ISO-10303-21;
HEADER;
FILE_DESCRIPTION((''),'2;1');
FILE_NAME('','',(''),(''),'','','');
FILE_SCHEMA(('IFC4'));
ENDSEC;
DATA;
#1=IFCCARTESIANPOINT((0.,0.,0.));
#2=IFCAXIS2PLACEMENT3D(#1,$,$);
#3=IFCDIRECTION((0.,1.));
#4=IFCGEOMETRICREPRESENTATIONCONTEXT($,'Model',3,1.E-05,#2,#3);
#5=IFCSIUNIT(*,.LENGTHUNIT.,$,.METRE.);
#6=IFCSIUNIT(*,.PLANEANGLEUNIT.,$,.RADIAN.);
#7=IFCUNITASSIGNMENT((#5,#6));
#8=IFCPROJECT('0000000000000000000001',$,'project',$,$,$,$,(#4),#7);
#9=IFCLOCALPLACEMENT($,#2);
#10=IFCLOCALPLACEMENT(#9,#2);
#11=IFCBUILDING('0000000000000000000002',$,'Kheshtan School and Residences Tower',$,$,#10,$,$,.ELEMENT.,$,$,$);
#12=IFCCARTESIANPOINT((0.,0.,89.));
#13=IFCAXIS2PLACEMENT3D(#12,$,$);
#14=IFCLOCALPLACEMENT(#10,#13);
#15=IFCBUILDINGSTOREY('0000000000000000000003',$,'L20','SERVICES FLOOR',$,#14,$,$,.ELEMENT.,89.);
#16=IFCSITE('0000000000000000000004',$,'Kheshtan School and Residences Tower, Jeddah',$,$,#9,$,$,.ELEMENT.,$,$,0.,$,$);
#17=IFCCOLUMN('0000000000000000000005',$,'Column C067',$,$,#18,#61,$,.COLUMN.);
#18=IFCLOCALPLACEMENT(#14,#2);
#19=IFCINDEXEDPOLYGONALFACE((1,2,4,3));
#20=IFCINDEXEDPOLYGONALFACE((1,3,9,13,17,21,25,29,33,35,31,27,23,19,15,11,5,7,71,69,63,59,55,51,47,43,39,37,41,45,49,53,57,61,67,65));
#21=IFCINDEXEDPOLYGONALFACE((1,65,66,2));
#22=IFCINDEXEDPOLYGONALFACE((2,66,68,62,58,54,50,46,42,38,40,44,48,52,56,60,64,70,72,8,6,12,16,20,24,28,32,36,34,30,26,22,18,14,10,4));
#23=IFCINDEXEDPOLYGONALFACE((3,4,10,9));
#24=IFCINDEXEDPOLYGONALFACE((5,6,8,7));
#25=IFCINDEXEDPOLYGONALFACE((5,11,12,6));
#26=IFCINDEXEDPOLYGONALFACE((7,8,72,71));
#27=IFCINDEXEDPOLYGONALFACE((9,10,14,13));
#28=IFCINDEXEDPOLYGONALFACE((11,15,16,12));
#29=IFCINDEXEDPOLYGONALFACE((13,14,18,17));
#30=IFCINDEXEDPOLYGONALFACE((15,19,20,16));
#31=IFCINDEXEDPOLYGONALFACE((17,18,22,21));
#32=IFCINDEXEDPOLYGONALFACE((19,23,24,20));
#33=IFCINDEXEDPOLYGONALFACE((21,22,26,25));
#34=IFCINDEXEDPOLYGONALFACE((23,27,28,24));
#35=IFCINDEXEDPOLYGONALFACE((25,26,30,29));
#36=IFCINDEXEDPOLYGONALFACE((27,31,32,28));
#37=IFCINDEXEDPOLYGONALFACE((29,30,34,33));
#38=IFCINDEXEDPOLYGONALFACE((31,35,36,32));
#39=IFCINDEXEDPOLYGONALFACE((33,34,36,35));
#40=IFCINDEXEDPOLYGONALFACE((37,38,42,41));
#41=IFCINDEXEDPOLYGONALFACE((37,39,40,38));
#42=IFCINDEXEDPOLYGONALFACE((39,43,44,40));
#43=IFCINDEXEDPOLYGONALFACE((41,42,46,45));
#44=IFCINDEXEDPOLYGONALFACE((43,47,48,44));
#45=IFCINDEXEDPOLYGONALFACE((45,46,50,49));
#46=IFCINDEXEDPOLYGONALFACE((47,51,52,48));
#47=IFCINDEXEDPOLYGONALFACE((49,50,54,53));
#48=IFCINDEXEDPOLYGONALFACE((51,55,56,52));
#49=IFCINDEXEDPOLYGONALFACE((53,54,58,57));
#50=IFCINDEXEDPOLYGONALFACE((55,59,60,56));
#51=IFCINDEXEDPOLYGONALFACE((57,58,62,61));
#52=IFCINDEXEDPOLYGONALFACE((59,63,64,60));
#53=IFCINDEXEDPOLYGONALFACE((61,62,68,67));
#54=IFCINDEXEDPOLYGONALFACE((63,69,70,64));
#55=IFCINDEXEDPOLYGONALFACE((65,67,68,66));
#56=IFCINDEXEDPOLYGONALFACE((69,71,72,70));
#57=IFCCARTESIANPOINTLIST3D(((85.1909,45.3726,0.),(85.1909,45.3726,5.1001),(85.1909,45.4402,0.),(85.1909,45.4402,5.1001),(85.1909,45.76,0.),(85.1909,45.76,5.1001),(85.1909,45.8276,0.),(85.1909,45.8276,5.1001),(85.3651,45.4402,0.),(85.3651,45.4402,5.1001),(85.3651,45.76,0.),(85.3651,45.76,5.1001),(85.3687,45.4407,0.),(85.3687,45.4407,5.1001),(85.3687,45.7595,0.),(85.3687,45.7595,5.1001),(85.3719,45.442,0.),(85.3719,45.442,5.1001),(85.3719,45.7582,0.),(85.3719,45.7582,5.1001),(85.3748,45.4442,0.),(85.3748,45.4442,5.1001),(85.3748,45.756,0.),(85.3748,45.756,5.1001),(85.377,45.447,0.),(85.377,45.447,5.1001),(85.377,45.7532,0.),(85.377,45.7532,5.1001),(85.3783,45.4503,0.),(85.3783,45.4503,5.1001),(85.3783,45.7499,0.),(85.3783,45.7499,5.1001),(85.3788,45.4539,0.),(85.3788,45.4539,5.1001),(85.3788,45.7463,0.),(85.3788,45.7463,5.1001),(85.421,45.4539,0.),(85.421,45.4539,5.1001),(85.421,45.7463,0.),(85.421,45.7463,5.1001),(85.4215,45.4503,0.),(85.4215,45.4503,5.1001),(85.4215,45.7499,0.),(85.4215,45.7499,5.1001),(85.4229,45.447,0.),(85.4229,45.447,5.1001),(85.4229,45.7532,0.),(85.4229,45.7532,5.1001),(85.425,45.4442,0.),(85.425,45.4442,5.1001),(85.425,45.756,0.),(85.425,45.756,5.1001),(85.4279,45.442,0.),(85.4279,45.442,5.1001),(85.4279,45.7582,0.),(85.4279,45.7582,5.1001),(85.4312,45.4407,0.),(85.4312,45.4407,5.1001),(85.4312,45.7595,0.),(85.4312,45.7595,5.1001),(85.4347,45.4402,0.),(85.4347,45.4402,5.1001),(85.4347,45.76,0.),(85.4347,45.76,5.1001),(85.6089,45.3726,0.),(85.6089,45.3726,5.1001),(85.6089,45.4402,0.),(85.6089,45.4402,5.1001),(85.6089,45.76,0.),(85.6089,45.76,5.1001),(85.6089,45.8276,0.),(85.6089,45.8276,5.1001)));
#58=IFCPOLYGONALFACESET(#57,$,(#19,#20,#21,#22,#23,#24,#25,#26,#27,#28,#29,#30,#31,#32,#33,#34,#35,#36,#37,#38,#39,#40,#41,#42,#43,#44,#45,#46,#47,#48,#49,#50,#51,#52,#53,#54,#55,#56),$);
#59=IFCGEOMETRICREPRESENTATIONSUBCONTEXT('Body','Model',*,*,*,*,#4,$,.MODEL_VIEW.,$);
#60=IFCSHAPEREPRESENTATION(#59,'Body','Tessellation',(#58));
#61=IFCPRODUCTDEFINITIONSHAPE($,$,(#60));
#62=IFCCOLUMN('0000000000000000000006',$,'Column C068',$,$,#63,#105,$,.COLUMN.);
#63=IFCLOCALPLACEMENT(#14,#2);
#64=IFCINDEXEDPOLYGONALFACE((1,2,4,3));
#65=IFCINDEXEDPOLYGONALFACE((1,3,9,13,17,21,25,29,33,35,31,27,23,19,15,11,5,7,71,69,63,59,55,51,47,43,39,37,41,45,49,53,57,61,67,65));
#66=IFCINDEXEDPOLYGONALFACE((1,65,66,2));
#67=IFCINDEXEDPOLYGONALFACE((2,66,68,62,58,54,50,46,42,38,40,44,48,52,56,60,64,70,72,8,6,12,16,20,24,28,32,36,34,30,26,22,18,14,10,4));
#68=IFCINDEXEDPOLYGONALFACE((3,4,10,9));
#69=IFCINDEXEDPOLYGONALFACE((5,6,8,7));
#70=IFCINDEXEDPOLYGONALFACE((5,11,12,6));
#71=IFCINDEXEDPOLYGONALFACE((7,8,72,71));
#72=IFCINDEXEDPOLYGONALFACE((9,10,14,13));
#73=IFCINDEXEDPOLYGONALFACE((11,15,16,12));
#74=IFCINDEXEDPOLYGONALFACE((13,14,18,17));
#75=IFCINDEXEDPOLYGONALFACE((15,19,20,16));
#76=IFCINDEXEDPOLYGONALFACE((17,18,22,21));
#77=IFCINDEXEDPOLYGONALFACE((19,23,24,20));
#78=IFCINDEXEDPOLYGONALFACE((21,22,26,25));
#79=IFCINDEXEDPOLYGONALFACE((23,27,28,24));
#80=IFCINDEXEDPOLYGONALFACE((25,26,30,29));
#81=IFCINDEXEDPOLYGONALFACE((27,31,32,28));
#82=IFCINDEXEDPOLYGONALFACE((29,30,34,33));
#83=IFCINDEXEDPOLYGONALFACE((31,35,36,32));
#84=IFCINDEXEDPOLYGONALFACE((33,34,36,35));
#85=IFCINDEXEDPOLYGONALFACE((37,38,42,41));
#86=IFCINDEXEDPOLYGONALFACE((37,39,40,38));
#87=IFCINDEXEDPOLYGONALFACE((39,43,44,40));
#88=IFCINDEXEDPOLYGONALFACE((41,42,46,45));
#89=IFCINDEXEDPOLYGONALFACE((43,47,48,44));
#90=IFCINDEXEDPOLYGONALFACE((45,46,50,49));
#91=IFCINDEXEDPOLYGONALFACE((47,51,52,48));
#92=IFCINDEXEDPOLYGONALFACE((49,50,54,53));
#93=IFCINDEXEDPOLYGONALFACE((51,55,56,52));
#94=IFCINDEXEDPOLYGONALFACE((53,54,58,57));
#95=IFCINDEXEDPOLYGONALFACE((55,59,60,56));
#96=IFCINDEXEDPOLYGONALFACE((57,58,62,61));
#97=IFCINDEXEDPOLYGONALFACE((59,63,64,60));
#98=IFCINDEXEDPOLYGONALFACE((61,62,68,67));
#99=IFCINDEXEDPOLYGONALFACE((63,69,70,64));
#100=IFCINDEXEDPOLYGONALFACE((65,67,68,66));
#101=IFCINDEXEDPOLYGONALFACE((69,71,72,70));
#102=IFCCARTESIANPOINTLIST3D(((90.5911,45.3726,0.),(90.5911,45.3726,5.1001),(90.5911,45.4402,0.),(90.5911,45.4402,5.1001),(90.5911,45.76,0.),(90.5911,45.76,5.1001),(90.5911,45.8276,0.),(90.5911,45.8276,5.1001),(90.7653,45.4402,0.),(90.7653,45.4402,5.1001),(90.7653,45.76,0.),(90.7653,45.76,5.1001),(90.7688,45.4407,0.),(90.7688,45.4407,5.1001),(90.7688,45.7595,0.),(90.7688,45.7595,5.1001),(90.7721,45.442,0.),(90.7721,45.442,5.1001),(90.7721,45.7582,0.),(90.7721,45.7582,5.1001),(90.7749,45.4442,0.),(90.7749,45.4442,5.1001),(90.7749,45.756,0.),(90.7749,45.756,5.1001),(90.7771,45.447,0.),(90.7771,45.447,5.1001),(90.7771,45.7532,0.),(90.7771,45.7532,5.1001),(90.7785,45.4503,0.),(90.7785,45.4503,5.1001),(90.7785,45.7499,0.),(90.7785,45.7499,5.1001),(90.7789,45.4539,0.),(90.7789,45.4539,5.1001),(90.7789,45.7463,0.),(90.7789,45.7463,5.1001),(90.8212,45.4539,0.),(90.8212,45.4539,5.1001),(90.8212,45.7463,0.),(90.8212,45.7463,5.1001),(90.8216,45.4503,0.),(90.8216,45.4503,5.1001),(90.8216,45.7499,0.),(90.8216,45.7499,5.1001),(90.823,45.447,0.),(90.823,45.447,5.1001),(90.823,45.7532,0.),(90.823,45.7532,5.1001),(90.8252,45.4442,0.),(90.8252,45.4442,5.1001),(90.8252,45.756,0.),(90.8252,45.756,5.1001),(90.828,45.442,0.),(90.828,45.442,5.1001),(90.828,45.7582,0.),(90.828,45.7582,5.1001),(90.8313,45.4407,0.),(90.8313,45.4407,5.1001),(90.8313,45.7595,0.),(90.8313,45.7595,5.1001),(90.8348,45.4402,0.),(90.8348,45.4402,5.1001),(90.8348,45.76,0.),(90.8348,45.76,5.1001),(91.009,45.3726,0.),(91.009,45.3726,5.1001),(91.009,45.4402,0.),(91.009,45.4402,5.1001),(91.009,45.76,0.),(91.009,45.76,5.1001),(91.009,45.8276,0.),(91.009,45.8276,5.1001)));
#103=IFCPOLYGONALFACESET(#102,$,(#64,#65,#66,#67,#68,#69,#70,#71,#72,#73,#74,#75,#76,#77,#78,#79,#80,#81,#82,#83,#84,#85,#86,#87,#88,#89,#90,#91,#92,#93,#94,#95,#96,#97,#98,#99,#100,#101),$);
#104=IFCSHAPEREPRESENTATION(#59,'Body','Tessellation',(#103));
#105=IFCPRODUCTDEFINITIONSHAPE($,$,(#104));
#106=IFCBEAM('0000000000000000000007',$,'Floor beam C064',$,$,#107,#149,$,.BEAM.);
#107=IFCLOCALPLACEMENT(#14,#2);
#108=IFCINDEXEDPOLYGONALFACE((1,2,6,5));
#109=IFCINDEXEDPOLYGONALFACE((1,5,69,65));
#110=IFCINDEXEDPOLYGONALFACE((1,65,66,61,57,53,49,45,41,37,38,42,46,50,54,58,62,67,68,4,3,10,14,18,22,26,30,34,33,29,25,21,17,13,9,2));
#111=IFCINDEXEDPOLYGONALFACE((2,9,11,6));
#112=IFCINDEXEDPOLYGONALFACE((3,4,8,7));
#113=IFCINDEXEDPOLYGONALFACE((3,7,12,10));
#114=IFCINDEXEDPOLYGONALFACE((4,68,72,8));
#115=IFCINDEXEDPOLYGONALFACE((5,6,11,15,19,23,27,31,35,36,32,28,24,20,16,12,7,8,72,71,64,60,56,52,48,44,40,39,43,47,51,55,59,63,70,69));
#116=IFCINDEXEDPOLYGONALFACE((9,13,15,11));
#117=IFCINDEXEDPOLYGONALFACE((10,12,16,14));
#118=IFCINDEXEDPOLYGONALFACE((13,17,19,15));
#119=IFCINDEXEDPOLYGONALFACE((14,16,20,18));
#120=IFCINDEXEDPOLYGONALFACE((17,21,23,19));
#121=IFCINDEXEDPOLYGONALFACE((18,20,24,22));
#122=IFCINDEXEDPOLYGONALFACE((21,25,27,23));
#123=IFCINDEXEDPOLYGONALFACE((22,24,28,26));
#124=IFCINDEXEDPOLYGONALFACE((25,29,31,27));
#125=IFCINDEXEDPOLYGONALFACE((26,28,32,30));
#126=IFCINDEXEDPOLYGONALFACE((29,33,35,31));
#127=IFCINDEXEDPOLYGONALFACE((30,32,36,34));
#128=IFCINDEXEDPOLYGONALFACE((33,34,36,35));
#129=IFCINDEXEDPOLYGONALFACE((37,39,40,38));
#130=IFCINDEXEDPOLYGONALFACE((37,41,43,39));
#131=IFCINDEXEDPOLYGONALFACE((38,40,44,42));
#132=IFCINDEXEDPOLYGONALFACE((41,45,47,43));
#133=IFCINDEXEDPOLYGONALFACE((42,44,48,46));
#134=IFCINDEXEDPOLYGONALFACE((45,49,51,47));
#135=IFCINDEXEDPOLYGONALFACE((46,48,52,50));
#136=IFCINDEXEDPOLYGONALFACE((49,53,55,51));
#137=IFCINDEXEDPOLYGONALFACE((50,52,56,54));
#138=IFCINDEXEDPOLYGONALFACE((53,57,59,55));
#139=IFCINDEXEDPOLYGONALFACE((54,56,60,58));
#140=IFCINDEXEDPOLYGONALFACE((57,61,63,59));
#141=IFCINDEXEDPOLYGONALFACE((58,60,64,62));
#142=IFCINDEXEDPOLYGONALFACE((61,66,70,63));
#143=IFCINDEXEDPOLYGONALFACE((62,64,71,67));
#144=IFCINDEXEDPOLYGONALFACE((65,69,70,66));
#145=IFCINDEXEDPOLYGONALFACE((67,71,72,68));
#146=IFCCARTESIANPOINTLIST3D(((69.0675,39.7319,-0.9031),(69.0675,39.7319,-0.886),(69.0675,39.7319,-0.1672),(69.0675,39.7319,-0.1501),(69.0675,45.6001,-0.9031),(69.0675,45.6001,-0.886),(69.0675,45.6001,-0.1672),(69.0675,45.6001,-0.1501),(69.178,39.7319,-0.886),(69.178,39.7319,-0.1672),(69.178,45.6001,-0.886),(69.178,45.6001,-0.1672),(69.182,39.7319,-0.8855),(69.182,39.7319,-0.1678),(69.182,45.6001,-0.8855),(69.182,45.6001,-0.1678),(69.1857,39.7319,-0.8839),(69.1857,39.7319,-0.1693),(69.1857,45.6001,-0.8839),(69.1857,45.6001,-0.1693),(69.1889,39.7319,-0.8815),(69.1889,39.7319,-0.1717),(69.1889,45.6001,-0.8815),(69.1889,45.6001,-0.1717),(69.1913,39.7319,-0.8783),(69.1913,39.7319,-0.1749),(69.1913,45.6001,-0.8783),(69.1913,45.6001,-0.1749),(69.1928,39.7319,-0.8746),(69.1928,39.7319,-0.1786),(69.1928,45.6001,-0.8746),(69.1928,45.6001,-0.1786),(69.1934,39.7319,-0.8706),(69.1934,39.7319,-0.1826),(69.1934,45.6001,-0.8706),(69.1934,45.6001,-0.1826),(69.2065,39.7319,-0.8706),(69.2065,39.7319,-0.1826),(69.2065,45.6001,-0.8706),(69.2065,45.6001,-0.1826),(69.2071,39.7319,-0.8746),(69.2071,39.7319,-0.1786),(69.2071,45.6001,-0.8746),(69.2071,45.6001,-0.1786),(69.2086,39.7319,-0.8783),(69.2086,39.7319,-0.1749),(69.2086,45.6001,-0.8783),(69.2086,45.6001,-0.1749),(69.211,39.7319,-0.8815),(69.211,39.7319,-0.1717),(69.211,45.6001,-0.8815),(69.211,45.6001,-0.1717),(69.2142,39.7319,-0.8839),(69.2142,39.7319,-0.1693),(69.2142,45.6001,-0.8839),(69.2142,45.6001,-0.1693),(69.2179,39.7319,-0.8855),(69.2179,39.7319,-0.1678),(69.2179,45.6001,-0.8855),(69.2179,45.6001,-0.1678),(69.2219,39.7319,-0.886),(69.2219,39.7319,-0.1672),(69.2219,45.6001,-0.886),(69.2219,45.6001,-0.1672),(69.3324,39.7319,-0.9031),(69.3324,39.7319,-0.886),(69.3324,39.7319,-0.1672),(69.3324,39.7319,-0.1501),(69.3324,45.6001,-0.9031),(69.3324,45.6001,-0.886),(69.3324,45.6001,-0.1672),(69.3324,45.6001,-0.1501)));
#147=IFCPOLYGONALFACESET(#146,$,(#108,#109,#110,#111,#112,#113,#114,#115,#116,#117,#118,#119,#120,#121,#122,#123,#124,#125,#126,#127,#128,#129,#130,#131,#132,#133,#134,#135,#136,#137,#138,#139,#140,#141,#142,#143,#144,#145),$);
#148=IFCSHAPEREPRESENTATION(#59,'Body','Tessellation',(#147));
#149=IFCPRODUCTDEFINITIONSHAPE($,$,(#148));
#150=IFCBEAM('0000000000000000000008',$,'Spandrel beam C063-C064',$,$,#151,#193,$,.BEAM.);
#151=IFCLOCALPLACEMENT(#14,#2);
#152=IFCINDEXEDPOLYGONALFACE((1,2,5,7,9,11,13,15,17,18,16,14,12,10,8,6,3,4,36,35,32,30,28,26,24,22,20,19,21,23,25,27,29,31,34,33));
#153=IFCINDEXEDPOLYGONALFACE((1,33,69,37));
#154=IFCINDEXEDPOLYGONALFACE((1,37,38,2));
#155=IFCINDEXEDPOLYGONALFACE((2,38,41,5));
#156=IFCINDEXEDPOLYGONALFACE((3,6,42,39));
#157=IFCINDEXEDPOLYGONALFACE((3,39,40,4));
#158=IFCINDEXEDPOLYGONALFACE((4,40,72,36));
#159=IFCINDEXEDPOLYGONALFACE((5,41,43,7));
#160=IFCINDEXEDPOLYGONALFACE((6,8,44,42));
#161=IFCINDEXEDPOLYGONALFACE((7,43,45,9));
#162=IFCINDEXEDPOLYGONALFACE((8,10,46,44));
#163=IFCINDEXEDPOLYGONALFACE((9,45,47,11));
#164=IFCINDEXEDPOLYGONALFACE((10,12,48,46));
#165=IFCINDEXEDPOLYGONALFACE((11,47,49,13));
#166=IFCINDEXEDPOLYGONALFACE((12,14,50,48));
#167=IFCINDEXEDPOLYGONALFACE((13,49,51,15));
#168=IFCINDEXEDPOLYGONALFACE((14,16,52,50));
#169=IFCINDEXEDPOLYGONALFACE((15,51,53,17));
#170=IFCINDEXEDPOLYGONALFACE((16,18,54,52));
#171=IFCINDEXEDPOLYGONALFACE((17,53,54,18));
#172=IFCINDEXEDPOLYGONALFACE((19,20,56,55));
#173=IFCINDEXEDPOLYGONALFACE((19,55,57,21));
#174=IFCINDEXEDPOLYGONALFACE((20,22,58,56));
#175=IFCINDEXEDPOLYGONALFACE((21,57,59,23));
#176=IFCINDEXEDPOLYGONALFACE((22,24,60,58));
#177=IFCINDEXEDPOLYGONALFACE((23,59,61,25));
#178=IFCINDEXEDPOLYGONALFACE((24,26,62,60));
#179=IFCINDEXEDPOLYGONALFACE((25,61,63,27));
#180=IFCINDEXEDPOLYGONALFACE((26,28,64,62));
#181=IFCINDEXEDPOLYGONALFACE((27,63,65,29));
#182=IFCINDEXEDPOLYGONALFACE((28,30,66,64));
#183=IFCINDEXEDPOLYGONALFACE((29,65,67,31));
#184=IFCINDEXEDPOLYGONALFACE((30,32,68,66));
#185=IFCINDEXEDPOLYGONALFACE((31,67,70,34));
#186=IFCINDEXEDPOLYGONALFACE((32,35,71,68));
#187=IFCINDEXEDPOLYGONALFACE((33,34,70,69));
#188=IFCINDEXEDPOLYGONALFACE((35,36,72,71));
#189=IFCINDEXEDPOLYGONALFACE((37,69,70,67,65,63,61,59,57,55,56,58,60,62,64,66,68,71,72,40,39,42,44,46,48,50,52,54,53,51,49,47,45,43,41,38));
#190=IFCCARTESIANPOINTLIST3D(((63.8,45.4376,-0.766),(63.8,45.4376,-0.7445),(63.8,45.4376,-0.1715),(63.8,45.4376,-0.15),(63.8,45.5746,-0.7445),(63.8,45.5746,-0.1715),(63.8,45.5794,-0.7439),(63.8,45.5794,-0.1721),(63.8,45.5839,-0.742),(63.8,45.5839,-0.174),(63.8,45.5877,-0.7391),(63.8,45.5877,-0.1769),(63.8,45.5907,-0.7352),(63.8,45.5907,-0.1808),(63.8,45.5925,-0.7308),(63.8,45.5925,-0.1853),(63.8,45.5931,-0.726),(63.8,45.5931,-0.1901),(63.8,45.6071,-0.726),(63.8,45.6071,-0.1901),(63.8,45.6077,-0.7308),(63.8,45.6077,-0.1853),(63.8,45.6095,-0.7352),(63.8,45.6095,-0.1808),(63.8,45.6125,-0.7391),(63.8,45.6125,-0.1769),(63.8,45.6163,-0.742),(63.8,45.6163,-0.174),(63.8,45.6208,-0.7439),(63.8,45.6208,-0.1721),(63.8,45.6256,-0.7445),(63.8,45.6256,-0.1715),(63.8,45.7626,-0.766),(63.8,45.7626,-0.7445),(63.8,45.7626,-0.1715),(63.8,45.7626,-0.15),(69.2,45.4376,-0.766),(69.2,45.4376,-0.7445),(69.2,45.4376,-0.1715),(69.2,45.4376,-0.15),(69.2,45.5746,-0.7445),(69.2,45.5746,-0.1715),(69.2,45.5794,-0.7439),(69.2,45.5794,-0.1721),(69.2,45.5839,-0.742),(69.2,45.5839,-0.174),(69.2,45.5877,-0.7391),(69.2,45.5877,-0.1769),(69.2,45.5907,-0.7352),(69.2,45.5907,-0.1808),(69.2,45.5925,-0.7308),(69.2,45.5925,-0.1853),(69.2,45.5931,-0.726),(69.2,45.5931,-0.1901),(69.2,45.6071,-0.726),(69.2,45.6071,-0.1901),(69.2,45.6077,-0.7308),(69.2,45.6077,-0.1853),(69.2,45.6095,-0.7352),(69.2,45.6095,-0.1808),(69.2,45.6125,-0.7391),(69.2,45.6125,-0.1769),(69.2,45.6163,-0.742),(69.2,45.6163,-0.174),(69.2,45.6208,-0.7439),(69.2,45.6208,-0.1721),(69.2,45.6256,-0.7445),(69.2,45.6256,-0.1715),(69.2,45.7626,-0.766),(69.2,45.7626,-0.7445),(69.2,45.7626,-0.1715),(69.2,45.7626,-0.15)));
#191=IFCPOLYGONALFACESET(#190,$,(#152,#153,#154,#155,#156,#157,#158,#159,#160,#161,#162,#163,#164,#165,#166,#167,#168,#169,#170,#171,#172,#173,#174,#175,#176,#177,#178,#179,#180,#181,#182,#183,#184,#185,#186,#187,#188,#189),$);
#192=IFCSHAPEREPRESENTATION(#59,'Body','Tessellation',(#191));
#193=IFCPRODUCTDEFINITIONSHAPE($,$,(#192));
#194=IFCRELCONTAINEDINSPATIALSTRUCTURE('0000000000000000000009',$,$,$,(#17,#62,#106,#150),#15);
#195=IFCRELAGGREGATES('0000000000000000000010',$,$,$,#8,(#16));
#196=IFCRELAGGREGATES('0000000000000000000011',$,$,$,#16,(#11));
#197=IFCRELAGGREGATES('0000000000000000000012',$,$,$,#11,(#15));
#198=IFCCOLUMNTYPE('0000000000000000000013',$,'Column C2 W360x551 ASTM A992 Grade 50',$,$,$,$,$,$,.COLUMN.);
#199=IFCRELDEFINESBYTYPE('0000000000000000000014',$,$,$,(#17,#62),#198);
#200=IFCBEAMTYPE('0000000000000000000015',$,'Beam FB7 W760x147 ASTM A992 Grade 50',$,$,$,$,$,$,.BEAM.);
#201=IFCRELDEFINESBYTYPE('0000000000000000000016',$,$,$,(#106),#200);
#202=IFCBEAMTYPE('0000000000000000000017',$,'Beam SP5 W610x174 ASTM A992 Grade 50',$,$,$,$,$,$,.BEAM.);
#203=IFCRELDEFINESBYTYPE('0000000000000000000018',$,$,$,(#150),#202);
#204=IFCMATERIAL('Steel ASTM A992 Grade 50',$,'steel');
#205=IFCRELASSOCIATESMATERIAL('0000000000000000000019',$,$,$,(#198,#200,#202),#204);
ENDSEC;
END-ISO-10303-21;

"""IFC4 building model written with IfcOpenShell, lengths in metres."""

from ifc_helpers import new_model, si_unit, direction, frame, origin, origin_2d, place, context, subcontext, project, spatial, i_section, extrude, material, material_profile, profile_set, type_object, element, save


model = new_model("IFC4")

# Units and contexts
model_context = context("Model", 3, precision=1e-05, world=origin(), true_north=direction((0.0, 1.0)))
body_context = subcontext(model_context, "Body", "Model", "MODEL_VIEW")
ifc_project = project(units=[si_unit("LENGTHUNIT", "METRE"), si_unit("PLANEANGLEUNIT", "RADIAN")], contexts=[model_context])

# Site, building, storey
site_placement = place(None, origin())
site = spatial("IfcSite", under=ifc_project, at=site_placement, Name="Kheshtan School and Residences Tower, Jeddah", CompositionType="ELEMENT", RefElevation=0.0)
building_placement = place(site_placement, origin())
building = spatial("IfcBuilding", under=site, at=building_placement, Name="Kheshtan School and Residences Tower", CompositionType="ELEMENT")
storey_placement = place(building_placement, frame((0.0, 0.0, 89.0)))
storey = spatial("IfcBuildingStorey", under=building, at=storey_placement, Name="L20", Description="SERVICES FLOOR", CompositionType="ELEMENT", Elevation=89.0)

# Columns
ifc_material_1 = material(Name="Steel ASTM A992 Grade 50", Category="steel")
ifc_material_profile_1 = material_profile(ifc_material_1, i_section(OverallWidth=0.418, OverallDepth=0.4551, WebThickness=0.0422, FlangeThickness=0.0676, FilletRadius=0.0137, at=origin_2d()), Name="W360x551")
ifc_profile_set_1 = profile_set([ifc_material_profile_1], Name="Steel ASTM A992 Grade 50")
column_type = type_object("IfcColumnType", Name="Column C2 W360x551 ASTM A992 Grade 50", PredefinedType="COLUMN", material=ifc_profile_set_1)
for number, where, z_axis, x_axis, name in (
    (1, (85.3999, 45.6001, 0.0), (0.0, 0.0, 1.0), (1.0, 0.0, 0.0), "Column C067"),
    (2, (90.8, 45.6001, 0.0), (0.0, 0.0, 1.0), (1.0, 0.0, 0.0), "Column C068"),
):
    element("IfcColumn", number, at=place(storey_placement, frame(where, z_axis=z_axis, x_axis=x_axis)), inside=storey, type_object=column_type, Name=name, PredefinedType="COLUMN", context=body_context, shape_type="SweptSolid", body=[
        extrude(i_section(OverallWidth=0.418, OverallDepth=0.4551, WebThickness=0.0422, FlangeThickness=0.0676, FilletRadius=0.0137, at=origin_2d()), origin(), (0.0, 0.0, 1.0), 5.1001),
    ])

# Beams
ifc_material_profile_2 = material_profile(ifc_material_1, i_section(OverallWidth=0.2649, OverallDepth=0.7529, WebThickness=0.0132, FlangeThickness=0.0171, FilletRadius=0.0154, at=origin_2d()), Name="W760x147")
ifc_profile_set_2 = profile_set([ifc_material_profile_2], Name="Steel ASTM A992 Grade 50")
beam_type_1 = type_object("IfcBeamType", Name="Beam FB7 W760x147 ASTM A992 Grade 50", PredefinedType="BEAM", material=ifc_profile_set_2)
beam_1_placement = place(storey_placement, frame((69.2, 45.6001, -0.5266), z_axis=(0.0, -1.0, 0.0), x_axis=(1.0, 0.0, 0.0)))
element("IfcBeam", 3, at=beam_1_placement, inside=storey, type_object=beam_type_1, Name="Floor beam C064", PredefinedType="BEAM", context=body_context, shape_type="SweptSolid", body=[
    extrude(i_section(OverallWidth=0.2649, OverallDepth=0.7529, WebThickness=0.0132, FlangeThickness=0.0171, FilletRadius=0.0154, at=origin_2d()), origin(), (0.0, 0.0, 1.0), 5.8682),
])
ifc_material_profile_3 = material_profile(ifc_material_1, i_section(OverallWidth=0.325, OverallDepth=0.616, WebThickness=0.0139, FlangeThickness=0.0215, FilletRadius=0.0186, at=origin_2d()), Name="W610x174")
ifc_profile_set_3 = profile_set([ifc_material_profile_3], Name="Steel ASTM A992 Grade 50")
beam_type_2 = type_object("IfcBeamType", Name="Beam SP5 W610x174 ASTM A992 Grade 50", PredefinedType="BEAM", material=ifc_profile_set_3)
beam_2_placement = place(storey_placement, frame((63.8, 45.6001, -0.458), z_axis=(1.0, 0.0, 0.0), x_axis=(0.0, 1.0, 0.0)))
element("IfcBeam", 4, at=beam_2_placement, inside=storey, type_object=beam_type_2, Name="Spandrel beam C063-C064", PredefinedType="BEAM", context=body_context, shape_type="SweptSolid", body=[
    extrude(i_section(OverallWidth=0.325, OverallDepth=0.616, WebThickness=0.0139, FlangeThickness=0.0215, FilletRadius=0.0186, at=origin_2d()), origin(), (0.0, 0.0, 1.0), 5.3999),
])

save(model, "model.ifc")
